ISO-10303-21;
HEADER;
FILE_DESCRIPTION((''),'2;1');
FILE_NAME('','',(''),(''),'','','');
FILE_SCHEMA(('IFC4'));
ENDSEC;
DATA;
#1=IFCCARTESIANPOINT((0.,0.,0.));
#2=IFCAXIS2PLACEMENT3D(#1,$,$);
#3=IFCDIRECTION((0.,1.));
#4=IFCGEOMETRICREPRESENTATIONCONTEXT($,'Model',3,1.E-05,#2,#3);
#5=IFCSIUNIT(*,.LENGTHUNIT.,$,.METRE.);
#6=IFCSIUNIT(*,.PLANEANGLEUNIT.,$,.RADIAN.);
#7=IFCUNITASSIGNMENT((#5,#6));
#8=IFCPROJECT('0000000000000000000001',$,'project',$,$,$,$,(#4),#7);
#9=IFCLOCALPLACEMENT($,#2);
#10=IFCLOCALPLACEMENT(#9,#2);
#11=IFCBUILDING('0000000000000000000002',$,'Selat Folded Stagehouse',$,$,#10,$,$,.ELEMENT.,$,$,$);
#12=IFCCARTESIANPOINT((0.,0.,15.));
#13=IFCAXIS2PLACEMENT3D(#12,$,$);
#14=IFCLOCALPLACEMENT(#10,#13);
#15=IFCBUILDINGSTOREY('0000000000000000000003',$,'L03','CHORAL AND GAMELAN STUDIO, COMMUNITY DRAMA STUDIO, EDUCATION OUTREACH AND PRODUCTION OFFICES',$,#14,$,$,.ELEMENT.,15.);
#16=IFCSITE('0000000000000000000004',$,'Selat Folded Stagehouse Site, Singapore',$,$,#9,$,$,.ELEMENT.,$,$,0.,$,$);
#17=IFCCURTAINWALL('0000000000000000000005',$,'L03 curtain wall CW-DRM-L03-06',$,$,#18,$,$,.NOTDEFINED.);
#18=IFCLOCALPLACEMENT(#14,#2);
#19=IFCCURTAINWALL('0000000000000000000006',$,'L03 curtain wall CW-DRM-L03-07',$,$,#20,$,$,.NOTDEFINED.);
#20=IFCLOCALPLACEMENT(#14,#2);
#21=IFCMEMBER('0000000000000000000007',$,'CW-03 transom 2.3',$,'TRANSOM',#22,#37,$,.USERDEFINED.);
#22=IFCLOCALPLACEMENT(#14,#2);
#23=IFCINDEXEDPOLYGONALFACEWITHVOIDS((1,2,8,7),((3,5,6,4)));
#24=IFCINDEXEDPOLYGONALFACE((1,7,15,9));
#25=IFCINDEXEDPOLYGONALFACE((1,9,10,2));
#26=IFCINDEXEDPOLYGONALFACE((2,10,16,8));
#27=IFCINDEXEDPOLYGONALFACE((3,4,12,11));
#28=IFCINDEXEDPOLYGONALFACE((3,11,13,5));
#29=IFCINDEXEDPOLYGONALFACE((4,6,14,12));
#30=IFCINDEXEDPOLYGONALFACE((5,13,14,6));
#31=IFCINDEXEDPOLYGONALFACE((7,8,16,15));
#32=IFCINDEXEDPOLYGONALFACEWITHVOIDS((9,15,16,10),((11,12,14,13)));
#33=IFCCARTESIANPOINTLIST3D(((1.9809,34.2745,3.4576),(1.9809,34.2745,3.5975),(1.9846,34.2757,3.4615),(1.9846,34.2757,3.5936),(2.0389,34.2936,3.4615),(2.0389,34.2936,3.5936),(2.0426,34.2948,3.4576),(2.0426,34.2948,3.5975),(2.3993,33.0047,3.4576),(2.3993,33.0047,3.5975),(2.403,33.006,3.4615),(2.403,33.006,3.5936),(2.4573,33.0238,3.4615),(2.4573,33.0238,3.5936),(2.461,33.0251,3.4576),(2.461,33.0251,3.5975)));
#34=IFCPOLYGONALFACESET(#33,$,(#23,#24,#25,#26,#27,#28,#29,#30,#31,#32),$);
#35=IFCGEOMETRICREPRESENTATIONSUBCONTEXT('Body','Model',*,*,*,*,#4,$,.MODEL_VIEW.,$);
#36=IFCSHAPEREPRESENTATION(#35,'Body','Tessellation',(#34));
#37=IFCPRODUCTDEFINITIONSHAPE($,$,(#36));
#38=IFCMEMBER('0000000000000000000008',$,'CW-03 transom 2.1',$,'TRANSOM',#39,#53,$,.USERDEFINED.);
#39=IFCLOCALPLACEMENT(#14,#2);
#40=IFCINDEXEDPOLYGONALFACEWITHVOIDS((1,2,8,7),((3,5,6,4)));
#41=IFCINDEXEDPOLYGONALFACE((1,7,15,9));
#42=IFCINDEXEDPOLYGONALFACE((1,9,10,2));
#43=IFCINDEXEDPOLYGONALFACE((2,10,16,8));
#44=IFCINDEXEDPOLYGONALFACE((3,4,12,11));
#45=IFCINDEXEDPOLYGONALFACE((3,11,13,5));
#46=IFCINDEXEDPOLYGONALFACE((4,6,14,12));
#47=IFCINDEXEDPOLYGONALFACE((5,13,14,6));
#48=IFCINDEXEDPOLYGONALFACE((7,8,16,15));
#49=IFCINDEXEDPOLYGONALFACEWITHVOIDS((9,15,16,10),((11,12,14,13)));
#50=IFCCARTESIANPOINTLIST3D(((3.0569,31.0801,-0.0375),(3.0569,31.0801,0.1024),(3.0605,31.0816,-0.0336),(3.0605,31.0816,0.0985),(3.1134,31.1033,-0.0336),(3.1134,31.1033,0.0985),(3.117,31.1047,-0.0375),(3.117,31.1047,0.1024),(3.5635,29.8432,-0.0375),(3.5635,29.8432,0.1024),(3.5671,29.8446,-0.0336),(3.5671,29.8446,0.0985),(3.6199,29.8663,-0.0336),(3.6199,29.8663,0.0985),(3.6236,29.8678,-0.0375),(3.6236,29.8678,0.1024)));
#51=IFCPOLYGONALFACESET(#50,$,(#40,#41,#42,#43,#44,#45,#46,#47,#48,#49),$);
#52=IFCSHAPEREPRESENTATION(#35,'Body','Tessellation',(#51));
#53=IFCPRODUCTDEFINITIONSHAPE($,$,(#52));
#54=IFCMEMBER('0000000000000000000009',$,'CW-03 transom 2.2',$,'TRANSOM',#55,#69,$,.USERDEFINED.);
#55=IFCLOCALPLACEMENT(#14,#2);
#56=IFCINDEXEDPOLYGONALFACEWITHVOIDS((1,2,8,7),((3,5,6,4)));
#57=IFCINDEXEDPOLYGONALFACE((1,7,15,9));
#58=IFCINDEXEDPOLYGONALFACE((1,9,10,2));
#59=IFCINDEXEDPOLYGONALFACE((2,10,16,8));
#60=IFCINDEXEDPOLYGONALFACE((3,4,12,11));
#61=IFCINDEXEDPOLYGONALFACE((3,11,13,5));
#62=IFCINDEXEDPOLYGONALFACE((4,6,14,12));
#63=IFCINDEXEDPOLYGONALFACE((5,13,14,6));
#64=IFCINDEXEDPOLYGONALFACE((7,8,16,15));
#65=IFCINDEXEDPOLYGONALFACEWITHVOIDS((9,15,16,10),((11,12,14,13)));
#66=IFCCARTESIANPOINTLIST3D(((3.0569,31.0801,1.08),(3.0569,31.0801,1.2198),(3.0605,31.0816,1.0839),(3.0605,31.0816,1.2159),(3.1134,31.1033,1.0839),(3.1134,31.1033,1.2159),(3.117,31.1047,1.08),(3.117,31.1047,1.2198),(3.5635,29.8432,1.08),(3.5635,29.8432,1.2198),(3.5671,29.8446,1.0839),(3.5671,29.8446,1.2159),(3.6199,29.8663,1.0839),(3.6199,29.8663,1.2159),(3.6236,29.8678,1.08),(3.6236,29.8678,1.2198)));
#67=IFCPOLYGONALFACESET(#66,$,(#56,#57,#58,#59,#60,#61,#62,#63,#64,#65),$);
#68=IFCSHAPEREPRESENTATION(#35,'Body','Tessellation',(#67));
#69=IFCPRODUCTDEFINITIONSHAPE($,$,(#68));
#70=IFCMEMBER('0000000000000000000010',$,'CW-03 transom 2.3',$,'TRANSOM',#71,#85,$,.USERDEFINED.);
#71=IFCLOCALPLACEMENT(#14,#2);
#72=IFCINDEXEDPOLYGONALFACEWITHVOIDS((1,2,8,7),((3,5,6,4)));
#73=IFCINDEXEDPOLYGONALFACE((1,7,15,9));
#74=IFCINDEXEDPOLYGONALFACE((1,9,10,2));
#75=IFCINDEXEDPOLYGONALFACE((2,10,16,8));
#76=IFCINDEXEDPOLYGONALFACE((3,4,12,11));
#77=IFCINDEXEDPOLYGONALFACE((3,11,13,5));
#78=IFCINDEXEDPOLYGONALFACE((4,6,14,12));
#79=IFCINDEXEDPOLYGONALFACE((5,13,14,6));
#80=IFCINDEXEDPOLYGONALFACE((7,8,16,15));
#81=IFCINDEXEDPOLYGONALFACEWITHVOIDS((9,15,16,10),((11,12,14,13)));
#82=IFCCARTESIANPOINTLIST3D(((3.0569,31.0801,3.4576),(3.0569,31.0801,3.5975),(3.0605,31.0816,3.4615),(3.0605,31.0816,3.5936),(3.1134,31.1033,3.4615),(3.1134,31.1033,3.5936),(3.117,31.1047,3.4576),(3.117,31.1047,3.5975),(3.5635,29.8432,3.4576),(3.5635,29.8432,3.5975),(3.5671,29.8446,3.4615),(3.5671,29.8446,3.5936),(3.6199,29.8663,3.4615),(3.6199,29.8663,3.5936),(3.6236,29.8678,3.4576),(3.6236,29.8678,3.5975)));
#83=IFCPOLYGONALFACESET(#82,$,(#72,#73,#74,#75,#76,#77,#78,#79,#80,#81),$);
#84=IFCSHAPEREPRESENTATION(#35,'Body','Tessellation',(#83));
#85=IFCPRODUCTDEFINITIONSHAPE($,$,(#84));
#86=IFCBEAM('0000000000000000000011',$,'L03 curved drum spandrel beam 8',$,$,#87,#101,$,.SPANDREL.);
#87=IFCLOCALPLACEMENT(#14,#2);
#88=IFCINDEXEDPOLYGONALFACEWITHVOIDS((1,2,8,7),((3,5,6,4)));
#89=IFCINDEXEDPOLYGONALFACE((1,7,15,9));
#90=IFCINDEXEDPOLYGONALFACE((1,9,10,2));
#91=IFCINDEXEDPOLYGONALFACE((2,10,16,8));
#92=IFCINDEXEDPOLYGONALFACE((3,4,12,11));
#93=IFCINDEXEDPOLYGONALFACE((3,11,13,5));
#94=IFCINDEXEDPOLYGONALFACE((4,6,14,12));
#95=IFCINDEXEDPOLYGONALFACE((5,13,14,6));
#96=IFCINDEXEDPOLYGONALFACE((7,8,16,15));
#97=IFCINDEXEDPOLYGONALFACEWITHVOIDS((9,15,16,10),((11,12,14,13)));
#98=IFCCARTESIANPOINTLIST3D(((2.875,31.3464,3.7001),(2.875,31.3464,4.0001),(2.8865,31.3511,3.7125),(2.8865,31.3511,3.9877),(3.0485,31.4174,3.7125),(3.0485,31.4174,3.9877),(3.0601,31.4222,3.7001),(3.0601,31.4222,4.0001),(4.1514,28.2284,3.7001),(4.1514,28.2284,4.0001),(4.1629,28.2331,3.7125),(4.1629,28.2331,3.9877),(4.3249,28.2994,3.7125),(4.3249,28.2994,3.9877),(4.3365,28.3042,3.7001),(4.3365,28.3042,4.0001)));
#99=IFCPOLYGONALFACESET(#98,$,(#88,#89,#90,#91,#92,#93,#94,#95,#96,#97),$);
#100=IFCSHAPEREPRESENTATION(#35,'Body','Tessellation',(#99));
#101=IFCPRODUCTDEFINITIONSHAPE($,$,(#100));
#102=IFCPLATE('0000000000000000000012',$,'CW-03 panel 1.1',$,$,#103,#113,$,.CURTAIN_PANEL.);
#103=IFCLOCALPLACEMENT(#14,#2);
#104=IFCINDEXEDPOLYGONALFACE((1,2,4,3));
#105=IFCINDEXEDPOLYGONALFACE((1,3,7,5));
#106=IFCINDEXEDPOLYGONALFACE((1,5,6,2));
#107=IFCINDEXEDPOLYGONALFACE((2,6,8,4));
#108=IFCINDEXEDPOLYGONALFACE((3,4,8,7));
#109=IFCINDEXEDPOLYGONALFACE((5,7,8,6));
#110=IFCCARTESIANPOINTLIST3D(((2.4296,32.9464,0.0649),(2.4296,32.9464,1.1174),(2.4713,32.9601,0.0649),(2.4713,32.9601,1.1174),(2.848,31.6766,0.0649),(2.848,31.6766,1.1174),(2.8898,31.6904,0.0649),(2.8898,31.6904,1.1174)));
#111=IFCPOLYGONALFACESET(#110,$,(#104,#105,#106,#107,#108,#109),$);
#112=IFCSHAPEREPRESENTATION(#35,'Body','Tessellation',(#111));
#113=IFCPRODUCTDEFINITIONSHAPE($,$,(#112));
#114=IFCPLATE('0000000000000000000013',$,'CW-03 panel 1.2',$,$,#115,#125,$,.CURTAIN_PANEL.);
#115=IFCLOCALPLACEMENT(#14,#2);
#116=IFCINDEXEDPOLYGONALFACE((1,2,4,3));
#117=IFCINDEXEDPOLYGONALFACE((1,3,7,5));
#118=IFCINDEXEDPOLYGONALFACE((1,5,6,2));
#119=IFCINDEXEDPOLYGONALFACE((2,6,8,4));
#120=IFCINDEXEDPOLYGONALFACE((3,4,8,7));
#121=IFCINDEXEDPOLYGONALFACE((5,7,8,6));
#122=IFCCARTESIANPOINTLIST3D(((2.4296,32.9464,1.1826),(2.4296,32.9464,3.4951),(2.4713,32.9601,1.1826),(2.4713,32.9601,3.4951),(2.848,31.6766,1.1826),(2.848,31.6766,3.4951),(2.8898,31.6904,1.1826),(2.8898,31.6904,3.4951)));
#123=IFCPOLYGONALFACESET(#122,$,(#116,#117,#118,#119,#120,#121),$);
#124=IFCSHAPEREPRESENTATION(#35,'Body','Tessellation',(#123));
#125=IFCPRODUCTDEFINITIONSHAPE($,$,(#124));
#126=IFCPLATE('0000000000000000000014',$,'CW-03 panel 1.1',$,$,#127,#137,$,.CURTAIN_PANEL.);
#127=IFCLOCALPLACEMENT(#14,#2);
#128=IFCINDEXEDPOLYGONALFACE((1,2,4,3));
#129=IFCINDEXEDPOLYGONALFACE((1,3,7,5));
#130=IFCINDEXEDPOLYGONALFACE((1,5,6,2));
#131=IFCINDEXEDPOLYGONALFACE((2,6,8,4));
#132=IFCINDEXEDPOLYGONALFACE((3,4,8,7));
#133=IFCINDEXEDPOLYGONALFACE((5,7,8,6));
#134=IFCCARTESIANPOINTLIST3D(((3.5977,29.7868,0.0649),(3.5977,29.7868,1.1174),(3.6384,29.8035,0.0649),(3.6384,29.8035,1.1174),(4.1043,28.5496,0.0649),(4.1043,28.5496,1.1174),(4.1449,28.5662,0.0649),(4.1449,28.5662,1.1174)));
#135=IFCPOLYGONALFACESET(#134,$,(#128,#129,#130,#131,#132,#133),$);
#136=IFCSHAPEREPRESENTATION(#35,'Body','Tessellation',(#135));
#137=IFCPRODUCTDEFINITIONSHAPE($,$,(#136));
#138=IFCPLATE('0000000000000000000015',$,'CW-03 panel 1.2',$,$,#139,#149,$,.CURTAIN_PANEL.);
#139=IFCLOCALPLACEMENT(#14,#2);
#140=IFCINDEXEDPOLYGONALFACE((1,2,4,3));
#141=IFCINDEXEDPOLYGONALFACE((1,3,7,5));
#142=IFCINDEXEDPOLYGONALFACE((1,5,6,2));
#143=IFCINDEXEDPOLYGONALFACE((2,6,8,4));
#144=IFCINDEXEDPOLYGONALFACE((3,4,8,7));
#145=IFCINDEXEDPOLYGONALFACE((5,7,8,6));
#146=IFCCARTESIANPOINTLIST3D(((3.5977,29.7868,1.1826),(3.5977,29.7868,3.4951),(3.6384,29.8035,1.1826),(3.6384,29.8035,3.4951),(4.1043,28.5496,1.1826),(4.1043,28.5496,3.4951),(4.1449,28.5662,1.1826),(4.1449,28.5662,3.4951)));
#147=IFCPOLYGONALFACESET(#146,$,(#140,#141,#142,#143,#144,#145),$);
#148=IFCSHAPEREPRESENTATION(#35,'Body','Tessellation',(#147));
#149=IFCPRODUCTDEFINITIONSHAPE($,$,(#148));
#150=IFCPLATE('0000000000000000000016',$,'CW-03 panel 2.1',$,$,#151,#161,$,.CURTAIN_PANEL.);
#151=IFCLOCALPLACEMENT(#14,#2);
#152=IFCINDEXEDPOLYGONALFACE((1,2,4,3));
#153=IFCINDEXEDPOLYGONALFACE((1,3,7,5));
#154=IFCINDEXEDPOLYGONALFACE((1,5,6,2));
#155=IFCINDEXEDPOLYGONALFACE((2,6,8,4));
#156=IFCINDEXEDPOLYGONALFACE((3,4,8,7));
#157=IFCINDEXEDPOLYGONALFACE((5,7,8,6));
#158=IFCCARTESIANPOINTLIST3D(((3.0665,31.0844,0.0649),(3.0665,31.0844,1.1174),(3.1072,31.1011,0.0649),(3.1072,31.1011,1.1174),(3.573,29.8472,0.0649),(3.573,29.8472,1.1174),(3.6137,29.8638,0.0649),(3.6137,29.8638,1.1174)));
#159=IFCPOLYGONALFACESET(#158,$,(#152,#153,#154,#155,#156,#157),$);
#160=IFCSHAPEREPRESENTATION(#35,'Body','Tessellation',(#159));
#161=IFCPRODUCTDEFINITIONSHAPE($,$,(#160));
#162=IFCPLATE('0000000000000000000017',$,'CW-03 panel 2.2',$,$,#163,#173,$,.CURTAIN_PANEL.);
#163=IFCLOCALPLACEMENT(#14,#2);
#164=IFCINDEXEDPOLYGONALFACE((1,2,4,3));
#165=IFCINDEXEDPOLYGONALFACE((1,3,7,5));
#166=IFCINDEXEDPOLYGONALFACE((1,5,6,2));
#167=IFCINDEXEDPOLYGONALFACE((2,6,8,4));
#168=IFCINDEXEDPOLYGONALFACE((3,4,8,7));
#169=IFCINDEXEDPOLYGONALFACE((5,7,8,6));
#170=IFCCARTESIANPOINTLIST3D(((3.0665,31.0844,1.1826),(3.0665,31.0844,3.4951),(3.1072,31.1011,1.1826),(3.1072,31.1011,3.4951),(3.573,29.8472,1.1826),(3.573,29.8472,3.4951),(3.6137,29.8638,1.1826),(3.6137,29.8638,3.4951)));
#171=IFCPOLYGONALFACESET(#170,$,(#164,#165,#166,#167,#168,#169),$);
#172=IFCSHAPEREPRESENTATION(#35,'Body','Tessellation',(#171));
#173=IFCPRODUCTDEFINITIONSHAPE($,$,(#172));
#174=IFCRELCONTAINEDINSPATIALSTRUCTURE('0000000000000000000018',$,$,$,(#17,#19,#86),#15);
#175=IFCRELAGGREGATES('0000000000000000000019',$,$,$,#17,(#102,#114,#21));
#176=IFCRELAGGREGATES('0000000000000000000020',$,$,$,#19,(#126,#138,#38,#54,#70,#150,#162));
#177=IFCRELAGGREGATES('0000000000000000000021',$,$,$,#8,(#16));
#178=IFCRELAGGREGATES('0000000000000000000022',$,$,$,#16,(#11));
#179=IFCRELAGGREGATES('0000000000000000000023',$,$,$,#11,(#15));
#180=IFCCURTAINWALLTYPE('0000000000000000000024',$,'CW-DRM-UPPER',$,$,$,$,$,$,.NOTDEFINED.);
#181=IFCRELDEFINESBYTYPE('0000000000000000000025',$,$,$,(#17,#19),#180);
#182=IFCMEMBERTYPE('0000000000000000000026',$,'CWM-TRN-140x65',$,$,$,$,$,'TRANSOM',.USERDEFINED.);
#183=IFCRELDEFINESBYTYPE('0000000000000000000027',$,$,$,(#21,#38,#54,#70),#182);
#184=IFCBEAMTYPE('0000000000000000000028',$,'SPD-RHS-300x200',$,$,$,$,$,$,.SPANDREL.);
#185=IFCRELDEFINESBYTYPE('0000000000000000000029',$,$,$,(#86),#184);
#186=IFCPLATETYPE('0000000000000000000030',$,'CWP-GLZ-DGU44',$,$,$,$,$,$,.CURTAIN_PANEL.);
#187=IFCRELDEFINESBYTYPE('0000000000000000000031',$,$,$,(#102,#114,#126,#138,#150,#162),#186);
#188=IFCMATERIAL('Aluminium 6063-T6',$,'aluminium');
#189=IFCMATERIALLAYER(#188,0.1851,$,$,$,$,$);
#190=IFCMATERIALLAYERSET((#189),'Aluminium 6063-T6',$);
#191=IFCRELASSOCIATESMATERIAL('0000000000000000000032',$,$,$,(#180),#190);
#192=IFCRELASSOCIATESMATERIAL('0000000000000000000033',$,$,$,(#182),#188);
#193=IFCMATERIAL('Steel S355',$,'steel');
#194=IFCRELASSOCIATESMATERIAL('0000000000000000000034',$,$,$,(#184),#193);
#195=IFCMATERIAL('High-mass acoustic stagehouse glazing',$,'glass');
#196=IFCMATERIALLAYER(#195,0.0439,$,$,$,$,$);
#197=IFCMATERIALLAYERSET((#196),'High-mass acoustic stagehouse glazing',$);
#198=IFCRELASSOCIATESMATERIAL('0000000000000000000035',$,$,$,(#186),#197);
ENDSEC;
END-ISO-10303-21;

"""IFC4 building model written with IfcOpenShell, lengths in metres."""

from ifc_helpers import new_model, si_unit, direction, frame, origin, origin_2d, place, context, subcontext, project, spatial, rectangle, hollow_rectangle, extrude, material, layer, layer_set, material_profile, profile_set, type_object, element, aggregate, save


model = new_model("IFC4")

# Units and contexts
model_context = context("Model", 3, precision=1e-05, world=origin(), true_north=direction((0.0, 1.0)))
body_context = subcontext(model_context, "Body", "Model", "MODEL_VIEW")
ifc_project = project(units=[si_unit("LENGTHUNIT", "METRE"), si_unit("PLANEANGLEUNIT", "RADIAN")], contexts=[model_context])

# Site, building, storey
site_placement = place(None, origin())
site = spatial("IfcSite", under=ifc_project, at=site_placement, Name="Selat Folded Stagehouse Site, Singapore", CompositionType="ELEMENT", RefElevation=0.0)
building_placement = place(site_placement, origin())
building = spatial("IfcBuilding", under=site, at=building_placement, Name="Selat Folded Stagehouse", CompositionType="ELEMENT")
storey_placement = place(building_placement, frame((0.0, 0.0, 15.0)))
storey = spatial("IfcBuildingStorey", under=building, at=storey_placement, Name="L03", Description="CHORAL AND GAMELAN STUDIO, COMMUNITY DRAMA STUDIO, EDUCATION OUTREACH AND PRODUCTION OFFICES", CompositionType="ELEMENT", Elevation=15.0)

# Shared definitions
ifc_material_1 = material(Name="Steel S355", Category="steel")

# Curtain walls
ifc_material_2 = material(Name="Aluminium 6063-T6", Category="aluminium")
ifc_layer_1 = layer(ifc_material_2, 0.1851)
ifc_layer_set_1 = layer_set([ifc_layer_1], Name="Aluminium 6063-T6")
curtain_wall_type = type_object("IfcCurtainWallType", Name="CW-DRM-UPPER", PredefinedType="NOTDEFINED", material=ifc_layer_set_1)
curtain_wall_1_placement = place(storey_placement, origin())
curtain_wall_1 = element("IfcCurtainWall", 1, at=curtain_wall_1_placement, inside=storey, type_object=curtain_wall_type, Name="L03 curtain wall CW-DRM-L03-06", PredefinedType="NOTDEFINED")
curtain_wall_2_placement = place(storey_placement, origin())
curtain_wall_2 = element("IfcCurtainWall", 2, at=curtain_wall_2_placement, inside=storey, type_object=curtain_wall_type, Name="L03 curtain wall CW-DRM-L03-07", PredefinedType="NOTDEFINED")

# Members
ifc_material_profile_1 = material_profile(ifc_material_2, hollow_rectangle(XDim=0.0649, YDim=0.1399, WallThickness=0.0039, at=origin_2d()), Name="ALU 140x65x4.0")
ifc_profile_set_1 = profile_set([ifc_material_profile_1], Name="Aluminium 6063-T6")
member_type_1 = type_object("IfcMemberType", Name="CWM-TRN-140x65", ElementType="TRANSOM", PredefinedType="USERDEFINED", material=ifc_profile_set_1)
member_1_placement = place(storey_placement, frame((2.4302, 33.0149, 3.5276), z_axis=(-0.312994, 0.949755, 0.0), x_axis=(-0.949755, -0.312994, 0.0)))
member_1 = element("IfcMember", 3, at=member_1_placement, type_object=member_type_1, Name="CW-03 transom 2.3", ObjectType="TRANSOM", PredefinedType="USERDEFINED", context=body_context, shape_type="SweptSolid", body=[
    extrude(hollow_rectangle(XDim=0.0649, YDim=0.1399, WallThickness=0.0039, at=origin_2d()), origin(), (0.0, 0.0, 1.0), 1.3369),
])
member_2_placement = place(storey_placement, frame((3.5935, 29.8555, 0.0325), z_axis=(-0.378967, 0.92541, 0.0), x_axis=(-0.92541, -0.378967, 0.0)))
member_2 = element("IfcMember", 4, at=member_2_placement, type_object=member_type_1, Name="CW-03 transom 2.1", ObjectType="TRANSOM", PredefinedType="USERDEFINED", context=body_context, shape_type="SweptSolid", body=[
    extrude(hollow_rectangle(XDim=0.0649, YDim=0.1399, WallThickness=0.0039, at=origin_2d()), origin(), (0.0, 0.0, 1.0), 1.3367),
])
member_3_placement = place(storey_placement, frame((3.5935, 29.8555, 1.1499), z_axis=(-0.378967, 0.92541, 0.0), x_axis=(-0.92541, -0.378967, 0.0)))
member_3 = element("IfcMember", 5, at=member_3_placement, type_object=member_type_1, Name="CW-03 transom 2.2", ObjectType="TRANSOM", PredefinedType="USERDEFINED", context=body_context, shape_type="SweptSolid", body=[
    extrude(hollow_rectangle(XDim=0.0649, YDim=0.1399, WallThickness=0.0039, at=origin_2d()), origin(), (0.0, 0.0, 1.0), 1.3367),
])
member_4_placement = place(storey_placement, frame((3.5935, 29.8555, 3.5276), z_axis=(-0.378967, 0.92541, 0.0), x_axis=(-0.92541, -0.378967, 0.0)))
member_4 = element("IfcMember", 6, at=member_4_placement, type_object=member_type_1, Name="CW-03 transom 2.3", ObjectType="TRANSOM", PredefinedType="USERDEFINED", context=body_context, shape_type="SweptSolid", body=[
    extrude(hollow_rectangle(XDim=0.0649, YDim=0.1399, WallThickness=0.0039, at=origin_2d()), origin(), (0.0, 0.0, 1.0), 1.3367),
])

# Beam
ifc_material_profile_2 = material_profile(ifc_material_1, hollow_rectangle(XDim=0.2, YDim=0.3, WallThickness=0.0125, at=origin_2d()), Name="RHS 300x200x12.5")
ifc_profile_set_2 = profile_set([ifc_material_profile_2], Name="Steel S355")
beam_type = type_object("IfcBeamType", Name="SPD-RHS-300x200", PredefinedType="SPANDREL", material=ifc_profile_set_2)
beam_placement = place(storey_placement, frame((2.9675, 31.3843, 3.8501), z_axis=(0.37885, -0.925458, 0.0), x_axis=(0.925458, 0.37885, 0.0)))
element("IfcBeam", 7, at=beam_placement, inside=storey, type_object=beam_type, Name="L03 curved drum spandrel beam 8", PredefinedType="SPANDREL", context=body_context, shape_type="SweptSolid", body=[
    extrude(hollow_rectangle(XDim=0.2, YDim=0.3, WallThickness=0.0125, at=origin_2d()), origin(), (0.0, 0.0, 1.0), 3.3691),
])

# Plates
ifc_material_3 = material(Name="High-mass acoustic stagehouse glazing", Category="glass")
ifc_layer_2 = layer(ifc_material_3, 0.0439)
ifc_layer_set_2 = layer_set([ifc_layer_2], Name="High-mass acoustic stagehouse glazing")
plate_type = type_object("IfcPlateType", Name="CWP-GLZ-DGU44", PredefinedType="CURTAIN_PANEL", material=ifc_layer_set_2)
plate_1_placement = place(storey_placement, frame((2.6597, 32.3184, 0.0649), z_axis=(0.0, 0.0, 1.0), x_axis=(-0.312995, 0.949755, 0.0)))
plate_1 = element("IfcPlate", 8, at=plate_1_placement, type_object=plate_type, Name="CW-03 panel 1.1", PredefinedType="CURTAIN_PANEL", context=body_context, shape_type="SweptSolid", body=[
    extrude(rectangle(XDim=1.3369, YDim=0.0439, at=origin_2d()), origin(), (0.0, 0.0, 1.0), 1.0525),
])
plate_2_placement = place(storey_placement, frame((2.6597, 32.3184, 1.1826), z_axis=(0.0, 0.0, 1.0), x_axis=(-0.312995, 0.949755, 0.0)))
plate_2 = element("IfcPlate", 9, at=plate_2_placement, type_object=plate_type, Name="CW-03 panel 1.2", PredefinedType="CURTAIN_PANEL", context=body_context, shape_type="SweptSolid", body=[
    extrude(rectangle(XDim=1.3369, YDim=0.0439, at=origin_2d()), origin(), (0.0, 0.0, 1.0), 2.3125),
])
aggregate(curtain_wall_1, [plate_1, plate_2, member_1])
plate_3_placement = place(storey_placement, frame((3.8713, 29.1765, 0.0649), z_axis=(0.0, 0.0, 1.0), x_axis=(-0.378891, 0.925441, 0.0)))
plate_3 = element("IfcPlate", 10, at=plate_3_placement, type_object=plate_type, Name="CW-03 panel 1.1", PredefinedType="CURTAIN_PANEL", context=body_context, shape_type="SweptSolid", body=[
    extrude(rectangle(XDim=1.3369, YDim=0.0439, at=origin_2d()), origin(), (0.0, 0.0, 1.0), 1.0525),
])
plate_4_placement = place(storey_placement, frame((3.8713, 29.1765, 1.1826), z_axis=(0.0, 0.0, 1.0), x_axis=(-0.378891, 0.925441, 0.0)))
plate_4 = element("IfcPlate", 11, at=plate_4_placement, type_object=plate_type, Name="CW-03 panel 1.2", PredefinedType="CURTAIN_PANEL", context=body_context, shape_type="SweptSolid", body=[
    extrude(rectangle(XDim=1.3369, YDim=0.0439, at=origin_2d()), origin(), (0.0, 0.0, 1.0), 2.3125),
])
plate_5_placement = place(storey_placement, frame((3.3401, 30.4741, 0.0649), z_axis=(0.0, 0.0, 1.0), x_axis=(-0.378891, 0.925441, 0.0)))
plate_5 = element("IfcPlate", 12, at=plate_5_placement, type_object=plate_type, Name="CW-03 panel 2.1", PredefinedType="CURTAIN_PANEL", context=body_context, shape_type="SweptSolid", body=[
    extrude(rectangle(XDim=1.3369, YDim=0.0439, at=origin_2d()), origin(), (0.0, 0.0, 1.0), 1.0525),
])
plate_6_placement = place(storey_placement, frame((3.3401, 30.4741, 1.1826), z_axis=(0.0, 0.0, 1.0), x_axis=(-0.378891, 0.925441, 0.0)))
plate_6 = element("IfcPlate", 13, at=plate_6_placement, type_object=plate_type, Name="CW-03 panel 2.2", PredefinedType="CURTAIN_PANEL", context=body_context, shape_type="SweptSolid", body=[
    extrude(rectangle(XDim=1.3369, YDim=0.0439, at=origin_2d()), origin(), (0.0, 0.0, 1.0), 2.3125),
])
aggregate(curtain_wall_2, [plate_3, plate_4, member_2, member_3, member_4, plate_5, plate_6])

save(model, "model.ifc")
